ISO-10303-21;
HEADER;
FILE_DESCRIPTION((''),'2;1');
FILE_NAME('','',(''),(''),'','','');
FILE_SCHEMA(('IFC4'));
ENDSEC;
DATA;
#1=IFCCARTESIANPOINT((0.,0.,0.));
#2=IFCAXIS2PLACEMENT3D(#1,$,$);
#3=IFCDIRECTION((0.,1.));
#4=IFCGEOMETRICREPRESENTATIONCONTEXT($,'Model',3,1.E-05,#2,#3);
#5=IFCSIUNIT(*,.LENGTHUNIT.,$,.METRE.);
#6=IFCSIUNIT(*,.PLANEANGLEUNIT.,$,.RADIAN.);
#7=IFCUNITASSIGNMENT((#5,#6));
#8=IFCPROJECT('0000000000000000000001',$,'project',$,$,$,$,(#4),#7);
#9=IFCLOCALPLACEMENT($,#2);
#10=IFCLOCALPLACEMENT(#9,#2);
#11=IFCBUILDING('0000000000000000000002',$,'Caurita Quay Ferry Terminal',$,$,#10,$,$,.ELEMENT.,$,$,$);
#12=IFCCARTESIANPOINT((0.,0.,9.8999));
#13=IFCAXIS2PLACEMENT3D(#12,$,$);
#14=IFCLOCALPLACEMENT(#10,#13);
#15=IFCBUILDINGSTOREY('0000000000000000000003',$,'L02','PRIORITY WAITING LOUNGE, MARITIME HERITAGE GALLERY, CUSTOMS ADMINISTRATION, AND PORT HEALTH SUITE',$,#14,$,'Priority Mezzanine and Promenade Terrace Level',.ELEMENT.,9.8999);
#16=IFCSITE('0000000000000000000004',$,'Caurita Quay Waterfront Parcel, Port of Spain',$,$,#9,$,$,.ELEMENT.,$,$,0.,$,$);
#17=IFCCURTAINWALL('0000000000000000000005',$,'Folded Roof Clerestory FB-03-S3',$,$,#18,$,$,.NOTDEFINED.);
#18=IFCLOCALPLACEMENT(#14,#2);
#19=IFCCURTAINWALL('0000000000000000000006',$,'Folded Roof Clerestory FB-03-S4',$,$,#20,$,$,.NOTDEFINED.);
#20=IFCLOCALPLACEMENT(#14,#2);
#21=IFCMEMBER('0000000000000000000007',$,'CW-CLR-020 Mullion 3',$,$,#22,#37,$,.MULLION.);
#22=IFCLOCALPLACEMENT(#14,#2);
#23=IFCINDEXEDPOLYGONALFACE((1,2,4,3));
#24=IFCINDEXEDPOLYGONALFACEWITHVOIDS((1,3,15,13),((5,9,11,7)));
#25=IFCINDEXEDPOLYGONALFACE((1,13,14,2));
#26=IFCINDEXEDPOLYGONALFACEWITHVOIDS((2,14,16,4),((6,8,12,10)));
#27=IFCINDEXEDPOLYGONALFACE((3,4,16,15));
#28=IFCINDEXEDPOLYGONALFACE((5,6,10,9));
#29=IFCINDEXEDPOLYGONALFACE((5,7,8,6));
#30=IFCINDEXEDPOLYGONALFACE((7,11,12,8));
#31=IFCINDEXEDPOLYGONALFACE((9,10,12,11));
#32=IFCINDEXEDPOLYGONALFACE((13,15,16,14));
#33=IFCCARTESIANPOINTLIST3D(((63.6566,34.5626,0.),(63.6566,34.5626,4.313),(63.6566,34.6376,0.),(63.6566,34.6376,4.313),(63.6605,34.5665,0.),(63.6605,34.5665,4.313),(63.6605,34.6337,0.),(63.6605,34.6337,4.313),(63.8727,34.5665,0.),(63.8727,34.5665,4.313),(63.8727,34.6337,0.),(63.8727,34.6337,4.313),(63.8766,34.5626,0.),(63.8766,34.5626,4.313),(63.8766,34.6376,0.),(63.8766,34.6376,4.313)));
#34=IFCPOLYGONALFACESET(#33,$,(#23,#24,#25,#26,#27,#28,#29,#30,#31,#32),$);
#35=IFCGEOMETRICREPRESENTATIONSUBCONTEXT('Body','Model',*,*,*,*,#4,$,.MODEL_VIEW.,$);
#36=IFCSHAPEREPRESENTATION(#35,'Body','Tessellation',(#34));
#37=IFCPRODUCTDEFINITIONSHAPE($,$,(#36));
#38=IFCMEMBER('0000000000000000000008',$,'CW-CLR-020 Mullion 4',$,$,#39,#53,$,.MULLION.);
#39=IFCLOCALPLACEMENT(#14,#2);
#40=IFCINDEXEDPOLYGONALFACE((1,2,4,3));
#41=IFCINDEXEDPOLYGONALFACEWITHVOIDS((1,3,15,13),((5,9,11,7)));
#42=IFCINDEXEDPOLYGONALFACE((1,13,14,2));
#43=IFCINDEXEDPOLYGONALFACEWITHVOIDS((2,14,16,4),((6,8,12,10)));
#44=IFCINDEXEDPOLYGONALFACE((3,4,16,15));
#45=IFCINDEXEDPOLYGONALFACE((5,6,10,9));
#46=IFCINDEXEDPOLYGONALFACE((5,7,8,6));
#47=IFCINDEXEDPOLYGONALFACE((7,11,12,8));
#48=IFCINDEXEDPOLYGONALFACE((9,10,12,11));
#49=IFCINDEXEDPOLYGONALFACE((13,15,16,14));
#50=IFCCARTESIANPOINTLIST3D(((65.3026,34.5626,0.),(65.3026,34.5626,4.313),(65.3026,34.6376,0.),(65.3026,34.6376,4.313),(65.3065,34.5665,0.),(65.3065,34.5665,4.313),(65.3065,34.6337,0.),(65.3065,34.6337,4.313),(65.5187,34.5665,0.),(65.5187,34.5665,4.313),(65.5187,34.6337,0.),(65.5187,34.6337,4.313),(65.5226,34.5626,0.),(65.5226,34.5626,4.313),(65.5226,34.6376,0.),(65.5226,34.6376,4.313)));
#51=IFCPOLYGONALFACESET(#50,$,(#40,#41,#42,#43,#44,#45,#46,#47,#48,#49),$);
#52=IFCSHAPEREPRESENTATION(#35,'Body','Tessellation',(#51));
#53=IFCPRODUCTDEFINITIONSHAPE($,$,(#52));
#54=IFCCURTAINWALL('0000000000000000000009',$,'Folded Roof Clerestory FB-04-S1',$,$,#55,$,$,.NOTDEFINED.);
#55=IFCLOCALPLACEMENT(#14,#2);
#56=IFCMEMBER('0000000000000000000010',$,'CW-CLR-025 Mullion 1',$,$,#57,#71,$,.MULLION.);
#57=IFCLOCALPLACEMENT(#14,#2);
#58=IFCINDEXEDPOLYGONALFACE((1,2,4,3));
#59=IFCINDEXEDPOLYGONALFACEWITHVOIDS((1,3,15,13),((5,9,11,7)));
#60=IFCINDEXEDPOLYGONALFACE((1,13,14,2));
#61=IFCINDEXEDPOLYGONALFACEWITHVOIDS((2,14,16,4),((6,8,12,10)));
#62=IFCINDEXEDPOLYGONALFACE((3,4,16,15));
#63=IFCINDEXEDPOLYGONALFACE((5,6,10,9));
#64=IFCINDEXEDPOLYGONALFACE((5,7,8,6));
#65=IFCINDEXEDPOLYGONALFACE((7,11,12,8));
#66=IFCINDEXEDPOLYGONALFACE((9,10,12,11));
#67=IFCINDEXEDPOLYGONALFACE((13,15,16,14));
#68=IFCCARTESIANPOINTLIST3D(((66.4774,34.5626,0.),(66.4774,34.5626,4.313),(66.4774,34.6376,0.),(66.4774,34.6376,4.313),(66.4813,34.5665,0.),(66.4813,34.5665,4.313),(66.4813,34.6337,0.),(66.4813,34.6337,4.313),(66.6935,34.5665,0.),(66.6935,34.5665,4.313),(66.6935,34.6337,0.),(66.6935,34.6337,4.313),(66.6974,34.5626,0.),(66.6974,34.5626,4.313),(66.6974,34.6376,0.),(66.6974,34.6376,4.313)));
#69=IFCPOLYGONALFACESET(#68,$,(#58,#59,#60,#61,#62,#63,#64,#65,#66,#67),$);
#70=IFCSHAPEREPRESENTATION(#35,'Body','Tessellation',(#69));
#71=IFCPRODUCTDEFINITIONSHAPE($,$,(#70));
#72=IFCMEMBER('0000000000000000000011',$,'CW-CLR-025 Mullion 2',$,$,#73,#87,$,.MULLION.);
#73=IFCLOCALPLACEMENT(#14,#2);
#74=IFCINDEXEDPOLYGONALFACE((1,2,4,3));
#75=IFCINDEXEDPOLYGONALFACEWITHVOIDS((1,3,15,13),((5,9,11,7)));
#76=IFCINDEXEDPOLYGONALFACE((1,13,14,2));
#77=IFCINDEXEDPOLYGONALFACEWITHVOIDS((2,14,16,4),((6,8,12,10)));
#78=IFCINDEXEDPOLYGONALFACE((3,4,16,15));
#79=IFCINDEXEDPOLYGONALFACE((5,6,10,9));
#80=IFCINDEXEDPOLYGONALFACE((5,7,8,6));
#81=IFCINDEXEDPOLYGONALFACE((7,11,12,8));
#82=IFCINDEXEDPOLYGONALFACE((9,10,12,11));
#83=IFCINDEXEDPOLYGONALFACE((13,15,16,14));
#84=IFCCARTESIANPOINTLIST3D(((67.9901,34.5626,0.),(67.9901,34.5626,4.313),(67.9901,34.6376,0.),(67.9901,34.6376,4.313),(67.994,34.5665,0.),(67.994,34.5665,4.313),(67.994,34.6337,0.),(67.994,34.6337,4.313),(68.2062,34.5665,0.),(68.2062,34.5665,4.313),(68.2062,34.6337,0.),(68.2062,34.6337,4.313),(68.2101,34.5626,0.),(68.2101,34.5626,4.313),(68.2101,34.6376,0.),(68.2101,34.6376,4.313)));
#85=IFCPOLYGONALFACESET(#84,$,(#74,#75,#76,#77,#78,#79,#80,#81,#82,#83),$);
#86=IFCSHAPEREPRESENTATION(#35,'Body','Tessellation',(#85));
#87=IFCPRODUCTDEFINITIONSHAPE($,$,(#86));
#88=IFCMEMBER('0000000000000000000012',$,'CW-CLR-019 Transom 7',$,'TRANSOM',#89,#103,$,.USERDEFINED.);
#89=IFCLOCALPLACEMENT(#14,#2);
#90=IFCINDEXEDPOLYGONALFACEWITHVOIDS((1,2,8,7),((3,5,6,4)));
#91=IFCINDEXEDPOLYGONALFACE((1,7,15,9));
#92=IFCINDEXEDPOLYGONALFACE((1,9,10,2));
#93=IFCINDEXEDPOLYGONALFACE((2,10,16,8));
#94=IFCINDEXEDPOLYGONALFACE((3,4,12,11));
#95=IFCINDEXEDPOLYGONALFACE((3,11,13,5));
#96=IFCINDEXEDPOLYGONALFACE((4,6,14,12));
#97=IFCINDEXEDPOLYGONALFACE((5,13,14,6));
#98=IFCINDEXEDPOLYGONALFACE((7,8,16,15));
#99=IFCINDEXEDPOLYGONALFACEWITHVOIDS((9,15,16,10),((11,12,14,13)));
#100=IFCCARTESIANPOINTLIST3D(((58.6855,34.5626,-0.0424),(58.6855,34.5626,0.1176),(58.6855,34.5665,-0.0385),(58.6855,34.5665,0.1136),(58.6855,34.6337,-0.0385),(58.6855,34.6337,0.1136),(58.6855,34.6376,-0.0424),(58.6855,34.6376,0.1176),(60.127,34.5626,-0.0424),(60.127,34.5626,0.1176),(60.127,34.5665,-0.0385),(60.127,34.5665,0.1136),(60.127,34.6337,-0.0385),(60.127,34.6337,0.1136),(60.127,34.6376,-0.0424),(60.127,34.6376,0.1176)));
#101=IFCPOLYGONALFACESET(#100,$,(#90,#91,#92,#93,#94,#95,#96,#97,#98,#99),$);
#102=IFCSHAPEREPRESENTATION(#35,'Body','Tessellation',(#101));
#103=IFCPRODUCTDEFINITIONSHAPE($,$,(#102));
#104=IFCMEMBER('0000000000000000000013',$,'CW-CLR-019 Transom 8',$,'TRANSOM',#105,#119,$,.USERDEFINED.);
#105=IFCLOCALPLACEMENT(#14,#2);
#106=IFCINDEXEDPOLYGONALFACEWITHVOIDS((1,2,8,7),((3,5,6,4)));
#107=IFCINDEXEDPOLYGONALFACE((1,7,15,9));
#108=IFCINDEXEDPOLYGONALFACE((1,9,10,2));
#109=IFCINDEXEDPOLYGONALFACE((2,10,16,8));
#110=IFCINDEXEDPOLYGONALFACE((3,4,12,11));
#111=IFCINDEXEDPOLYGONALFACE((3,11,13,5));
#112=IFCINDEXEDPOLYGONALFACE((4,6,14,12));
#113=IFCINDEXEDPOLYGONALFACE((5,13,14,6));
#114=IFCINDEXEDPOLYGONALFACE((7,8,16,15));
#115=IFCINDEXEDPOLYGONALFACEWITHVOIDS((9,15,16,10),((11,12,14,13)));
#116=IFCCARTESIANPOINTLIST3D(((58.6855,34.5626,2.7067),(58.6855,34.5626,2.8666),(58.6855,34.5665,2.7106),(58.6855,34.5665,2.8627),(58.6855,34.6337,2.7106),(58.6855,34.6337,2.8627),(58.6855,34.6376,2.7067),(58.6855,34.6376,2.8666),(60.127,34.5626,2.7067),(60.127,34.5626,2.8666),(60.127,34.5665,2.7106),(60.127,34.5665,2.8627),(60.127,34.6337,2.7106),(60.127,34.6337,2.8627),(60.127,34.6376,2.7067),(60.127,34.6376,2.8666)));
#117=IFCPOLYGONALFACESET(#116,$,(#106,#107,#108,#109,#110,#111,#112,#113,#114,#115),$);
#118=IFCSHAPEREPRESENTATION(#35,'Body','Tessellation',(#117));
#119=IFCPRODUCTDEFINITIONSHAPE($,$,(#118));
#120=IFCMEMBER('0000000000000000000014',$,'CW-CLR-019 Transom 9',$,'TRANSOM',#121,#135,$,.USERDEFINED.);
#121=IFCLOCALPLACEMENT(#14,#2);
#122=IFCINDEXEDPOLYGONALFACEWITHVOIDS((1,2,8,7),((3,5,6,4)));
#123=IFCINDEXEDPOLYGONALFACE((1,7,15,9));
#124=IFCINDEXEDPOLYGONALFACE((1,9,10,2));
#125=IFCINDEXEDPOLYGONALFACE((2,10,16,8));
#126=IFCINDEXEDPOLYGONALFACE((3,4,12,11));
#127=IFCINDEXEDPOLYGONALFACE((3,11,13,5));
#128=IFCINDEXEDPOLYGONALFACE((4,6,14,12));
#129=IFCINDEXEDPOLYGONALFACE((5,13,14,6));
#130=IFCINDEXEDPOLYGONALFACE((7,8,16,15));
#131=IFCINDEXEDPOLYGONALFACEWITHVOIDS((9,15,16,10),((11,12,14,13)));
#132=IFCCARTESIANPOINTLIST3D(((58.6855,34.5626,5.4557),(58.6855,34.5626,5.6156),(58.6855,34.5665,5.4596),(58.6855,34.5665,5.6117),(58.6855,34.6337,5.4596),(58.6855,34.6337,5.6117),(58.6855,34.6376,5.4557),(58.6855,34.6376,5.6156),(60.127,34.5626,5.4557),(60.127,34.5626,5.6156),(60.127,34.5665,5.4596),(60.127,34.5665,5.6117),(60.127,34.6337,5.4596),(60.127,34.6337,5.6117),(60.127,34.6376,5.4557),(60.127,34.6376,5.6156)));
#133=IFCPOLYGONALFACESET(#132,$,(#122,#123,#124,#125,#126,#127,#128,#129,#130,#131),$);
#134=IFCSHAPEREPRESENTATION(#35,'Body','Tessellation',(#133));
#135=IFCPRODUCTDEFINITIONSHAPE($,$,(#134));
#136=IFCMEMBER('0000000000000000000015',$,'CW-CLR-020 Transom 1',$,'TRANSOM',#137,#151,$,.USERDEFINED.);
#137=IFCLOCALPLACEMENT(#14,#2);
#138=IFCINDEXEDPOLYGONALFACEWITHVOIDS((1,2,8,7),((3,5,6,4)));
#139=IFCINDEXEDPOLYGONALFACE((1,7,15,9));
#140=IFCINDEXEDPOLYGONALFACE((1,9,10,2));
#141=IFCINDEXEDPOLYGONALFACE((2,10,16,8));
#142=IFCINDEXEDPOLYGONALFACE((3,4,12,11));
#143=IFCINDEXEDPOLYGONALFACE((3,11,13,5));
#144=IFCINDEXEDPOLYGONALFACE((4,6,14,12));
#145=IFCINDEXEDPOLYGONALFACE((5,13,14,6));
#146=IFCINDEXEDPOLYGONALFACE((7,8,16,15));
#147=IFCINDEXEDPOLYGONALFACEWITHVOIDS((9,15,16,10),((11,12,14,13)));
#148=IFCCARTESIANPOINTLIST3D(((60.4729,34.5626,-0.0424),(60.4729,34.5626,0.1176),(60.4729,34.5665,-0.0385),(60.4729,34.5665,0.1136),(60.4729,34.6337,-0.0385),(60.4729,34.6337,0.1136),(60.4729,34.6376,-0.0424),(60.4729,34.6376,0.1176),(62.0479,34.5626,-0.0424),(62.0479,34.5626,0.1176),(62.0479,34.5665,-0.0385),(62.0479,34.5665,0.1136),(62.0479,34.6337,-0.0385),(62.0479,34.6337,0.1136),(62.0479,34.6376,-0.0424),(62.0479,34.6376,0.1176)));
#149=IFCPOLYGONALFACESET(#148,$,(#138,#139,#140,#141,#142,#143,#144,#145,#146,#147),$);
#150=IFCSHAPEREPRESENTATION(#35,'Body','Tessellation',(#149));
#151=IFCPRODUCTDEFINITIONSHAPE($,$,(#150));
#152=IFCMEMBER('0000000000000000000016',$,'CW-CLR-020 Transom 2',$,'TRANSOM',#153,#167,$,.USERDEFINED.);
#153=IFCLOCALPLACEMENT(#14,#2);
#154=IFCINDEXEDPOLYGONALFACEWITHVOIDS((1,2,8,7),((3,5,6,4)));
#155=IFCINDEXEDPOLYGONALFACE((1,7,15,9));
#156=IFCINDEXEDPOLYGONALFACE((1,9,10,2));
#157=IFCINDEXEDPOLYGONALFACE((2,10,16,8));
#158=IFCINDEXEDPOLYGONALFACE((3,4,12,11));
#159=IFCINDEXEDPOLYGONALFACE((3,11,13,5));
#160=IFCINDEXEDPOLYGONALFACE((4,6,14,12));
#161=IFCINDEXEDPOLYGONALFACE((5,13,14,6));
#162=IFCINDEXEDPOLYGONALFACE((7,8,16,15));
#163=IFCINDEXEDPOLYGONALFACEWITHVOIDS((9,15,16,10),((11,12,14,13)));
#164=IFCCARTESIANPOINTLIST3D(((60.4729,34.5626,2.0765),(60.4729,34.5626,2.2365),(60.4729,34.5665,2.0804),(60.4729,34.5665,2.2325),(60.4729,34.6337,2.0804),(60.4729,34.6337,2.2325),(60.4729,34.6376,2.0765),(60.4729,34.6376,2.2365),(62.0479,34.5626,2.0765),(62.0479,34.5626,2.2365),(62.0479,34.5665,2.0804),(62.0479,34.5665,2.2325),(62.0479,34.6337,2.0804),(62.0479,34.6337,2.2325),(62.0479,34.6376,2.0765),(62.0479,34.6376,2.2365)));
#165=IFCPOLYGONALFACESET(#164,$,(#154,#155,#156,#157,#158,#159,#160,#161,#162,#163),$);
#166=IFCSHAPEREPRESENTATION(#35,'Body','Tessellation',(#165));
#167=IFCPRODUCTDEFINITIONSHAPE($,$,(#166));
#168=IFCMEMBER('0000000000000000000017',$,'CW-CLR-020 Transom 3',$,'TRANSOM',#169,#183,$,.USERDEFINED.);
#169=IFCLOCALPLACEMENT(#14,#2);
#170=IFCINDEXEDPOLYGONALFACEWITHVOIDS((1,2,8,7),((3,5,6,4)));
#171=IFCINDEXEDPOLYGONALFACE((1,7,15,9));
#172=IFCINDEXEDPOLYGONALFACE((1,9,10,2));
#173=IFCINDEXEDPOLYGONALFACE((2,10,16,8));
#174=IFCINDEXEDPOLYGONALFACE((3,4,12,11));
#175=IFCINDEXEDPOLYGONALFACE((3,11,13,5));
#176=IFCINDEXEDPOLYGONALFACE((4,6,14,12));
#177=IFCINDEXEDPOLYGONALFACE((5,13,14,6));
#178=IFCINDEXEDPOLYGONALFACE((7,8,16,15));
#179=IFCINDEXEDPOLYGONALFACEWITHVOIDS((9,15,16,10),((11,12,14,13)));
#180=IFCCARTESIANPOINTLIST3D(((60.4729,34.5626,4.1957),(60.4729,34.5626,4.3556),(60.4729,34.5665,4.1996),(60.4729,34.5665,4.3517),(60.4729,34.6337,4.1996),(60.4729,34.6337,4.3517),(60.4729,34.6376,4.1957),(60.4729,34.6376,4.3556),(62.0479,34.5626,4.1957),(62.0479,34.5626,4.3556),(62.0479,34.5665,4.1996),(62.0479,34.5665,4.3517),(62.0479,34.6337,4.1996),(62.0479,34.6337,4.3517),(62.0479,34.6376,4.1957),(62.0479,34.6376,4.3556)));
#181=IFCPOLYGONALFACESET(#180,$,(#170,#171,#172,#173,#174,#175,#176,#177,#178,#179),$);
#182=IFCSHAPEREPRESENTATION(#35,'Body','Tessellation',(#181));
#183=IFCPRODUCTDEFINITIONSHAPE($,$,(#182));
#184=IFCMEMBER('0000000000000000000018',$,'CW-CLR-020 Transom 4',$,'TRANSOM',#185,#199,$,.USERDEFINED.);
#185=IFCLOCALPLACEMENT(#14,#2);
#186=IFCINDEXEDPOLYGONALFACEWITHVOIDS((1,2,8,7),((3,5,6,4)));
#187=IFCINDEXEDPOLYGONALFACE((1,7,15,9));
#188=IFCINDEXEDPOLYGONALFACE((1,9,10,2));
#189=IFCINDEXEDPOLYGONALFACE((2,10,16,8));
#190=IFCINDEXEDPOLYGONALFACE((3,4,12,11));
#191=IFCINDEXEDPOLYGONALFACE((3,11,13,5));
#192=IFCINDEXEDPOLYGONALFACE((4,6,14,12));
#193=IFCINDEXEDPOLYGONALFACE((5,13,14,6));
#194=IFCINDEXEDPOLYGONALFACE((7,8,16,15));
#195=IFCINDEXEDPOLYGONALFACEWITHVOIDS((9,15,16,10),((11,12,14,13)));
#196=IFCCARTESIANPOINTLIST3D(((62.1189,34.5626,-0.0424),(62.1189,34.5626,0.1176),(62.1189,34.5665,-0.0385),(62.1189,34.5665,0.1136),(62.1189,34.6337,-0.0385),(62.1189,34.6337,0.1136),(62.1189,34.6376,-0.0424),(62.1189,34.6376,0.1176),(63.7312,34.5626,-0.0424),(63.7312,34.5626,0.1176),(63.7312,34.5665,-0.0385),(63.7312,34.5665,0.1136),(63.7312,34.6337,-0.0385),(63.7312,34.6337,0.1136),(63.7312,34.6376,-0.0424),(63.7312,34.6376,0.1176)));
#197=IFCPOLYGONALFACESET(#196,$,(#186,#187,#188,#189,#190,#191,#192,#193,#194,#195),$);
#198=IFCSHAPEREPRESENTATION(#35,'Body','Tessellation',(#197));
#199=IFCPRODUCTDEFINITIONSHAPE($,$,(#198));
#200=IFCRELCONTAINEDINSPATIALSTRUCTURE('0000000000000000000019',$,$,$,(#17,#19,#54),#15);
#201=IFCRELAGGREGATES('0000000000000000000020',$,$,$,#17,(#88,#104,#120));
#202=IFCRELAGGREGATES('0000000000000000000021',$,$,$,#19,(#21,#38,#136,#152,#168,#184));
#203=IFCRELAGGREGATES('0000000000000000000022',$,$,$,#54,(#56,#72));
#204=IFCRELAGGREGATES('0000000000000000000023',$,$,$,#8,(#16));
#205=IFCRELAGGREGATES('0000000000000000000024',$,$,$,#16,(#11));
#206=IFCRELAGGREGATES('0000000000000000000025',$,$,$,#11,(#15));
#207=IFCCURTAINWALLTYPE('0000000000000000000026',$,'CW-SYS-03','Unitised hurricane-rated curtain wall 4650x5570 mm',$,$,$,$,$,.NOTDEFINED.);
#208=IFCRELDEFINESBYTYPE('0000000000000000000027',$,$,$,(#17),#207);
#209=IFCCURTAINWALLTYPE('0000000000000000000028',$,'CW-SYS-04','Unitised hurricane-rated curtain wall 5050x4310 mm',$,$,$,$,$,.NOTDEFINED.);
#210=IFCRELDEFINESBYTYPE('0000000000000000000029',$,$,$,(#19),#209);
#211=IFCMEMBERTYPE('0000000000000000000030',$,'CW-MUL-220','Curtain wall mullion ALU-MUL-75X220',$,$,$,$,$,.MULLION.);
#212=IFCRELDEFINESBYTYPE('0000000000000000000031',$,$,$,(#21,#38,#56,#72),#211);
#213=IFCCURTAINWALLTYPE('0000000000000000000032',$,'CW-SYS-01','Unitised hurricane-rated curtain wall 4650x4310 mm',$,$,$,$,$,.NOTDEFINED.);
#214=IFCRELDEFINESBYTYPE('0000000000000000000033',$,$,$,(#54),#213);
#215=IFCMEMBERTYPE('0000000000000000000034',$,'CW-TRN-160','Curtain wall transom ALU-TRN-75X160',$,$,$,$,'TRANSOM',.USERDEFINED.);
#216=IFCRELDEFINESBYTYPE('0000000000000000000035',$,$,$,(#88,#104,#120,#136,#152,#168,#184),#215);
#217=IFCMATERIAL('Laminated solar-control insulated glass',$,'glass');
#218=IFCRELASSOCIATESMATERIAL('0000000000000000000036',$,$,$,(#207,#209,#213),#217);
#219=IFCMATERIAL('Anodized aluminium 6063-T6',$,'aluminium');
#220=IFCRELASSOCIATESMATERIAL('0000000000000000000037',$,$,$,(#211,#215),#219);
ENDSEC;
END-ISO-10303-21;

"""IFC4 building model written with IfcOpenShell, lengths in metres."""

from ifc_helpers import new_model, si_unit, direction, frame, origin, origin_2d, place, context, subcontext, project, spatial, hollow_rectangle, extrude, material, material_profile, profile_set, type_object, element, aggregate, save


model = new_model("IFC4")

# Units and contexts
model_context = context("Model", 3, precision=1e-05, world=origin(), true_north=direction((0.0, 1.0)))
body_context = subcontext(model_context, "Body", "Model", "MODEL_VIEW")
ifc_project = project(units=[si_unit("LENGTHUNIT", "METRE"), si_unit("PLANEANGLEUNIT", "RADIAN")], contexts=[model_context])

# Site, building, storey
site_placement = place(None, origin())
site = spatial("IfcSite", under=ifc_project, at=site_placement, Name="Caurita Quay Waterfront Parcel, Port of Spain", CompositionType="ELEMENT", RefElevation=0.0)
building_placement = place(site_placement, origin())
building = spatial("IfcBuilding", under=site, at=building_placement, Name="Caurita Quay Ferry Terminal", CompositionType="ELEMENT")
storey_placement = place(building_placement, frame((0.0, 0.0, 9.8999)))
storey = spatial("IfcBuildingStorey", under=building, at=storey_placement, Name="L02", Description="PRIORITY WAITING LOUNGE, MARITIME HERITAGE GALLERY, CUSTOMS ADMINISTRATION, AND PORT HEALTH SUITE", LongName="Priority Mezzanine and Promenade Terrace Level", CompositionType="ELEMENT", Elevation=9.8999)

# Curtain walls, members
ifc_material_1 = material(Name="Laminated solar-control insulated glass", Category="glass")
curtain_wall_type_1 = type_object("IfcCurtainWallType", Name="CW-SYS-03", Description="Unitised hurricane-rated curtain wall 4650x5570 mm", PredefinedType="NOTDEFINED", material=ifc_material_1)
curtain_wall_1_placement = place(storey_placement, origin())
curtain_wall_1 = element("IfcCurtainWall", 1, at=curtain_wall_1_placement, inside=storey, type_object=curtain_wall_type_1, Name="Folded Roof Clerestory FB-03-S3", PredefinedType="NOTDEFINED")
ifc_material_2 = material(Name="Anodized aluminium 6063-T6", Category="aluminium")
ifc_material_profile_1 = material_profile(ifc_material_2, hollow_rectangle(XDim=0.075, YDim=0.22, WallThickness=0.0039, at=origin_2d()), Name="ALU-MUL-75X220")
ifc_profile_set_1 = profile_set([ifc_material_profile_1], Name="Anodized aluminium 6063-T6")
member_type_1 = type_object("IfcMemberType", Name="CW-MUL-220", Description="Curtain wall mullion ALU-MUL-75X220", PredefinedType="MULLION", material=ifc_profile_set_1)
curtain_wall_type_2 = type_object("IfcCurtainWallType", Name="CW-SYS-04", Description="Unitised hurricane-rated curtain wall 5050x4310 mm", PredefinedType="NOTDEFINED", material=ifc_material_1)
curtain_wall_2_placement = place(storey_placement, origin())
curtain_wall_2 = element("IfcCurtainWall", 2, at=curtain_wall_2_placement, inside=storey, type_object=curtain_wall_type_2, Name="Folded Roof Clerestory FB-03-S4", PredefinedType="NOTDEFINED")
member_1_placement = place(storey_placement, frame((63.7666, 34.6001, 0.0), z_axis=(0.0, 0.0, 1.0), x_axis=(0.0, 1.0, 0.0)))
member_1 = element("IfcMember", 3, at=member_1_placement, type_object=member_type_1, Name="CW-CLR-020 Mullion 3", PredefinedType="MULLION", context=body_context, shape_type="SweptSolid", body=[
    extrude(hollow_rectangle(XDim=0.075, YDim=0.22, WallThickness=0.0039, at=origin_2d()), origin(), (0.0, 0.0, 1.0), 4.313),
])
member_2_placement = place(storey_placement, frame((65.4126, 34.6001, 0.0), z_axis=(0.0, 0.0, 1.0), x_axis=(0.0, 1.0, 0.0)))
member_2 = element("IfcMember", 4, at=member_2_placement, type_object=member_type_1, Name="CW-CLR-020 Mullion 4", PredefinedType="MULLION", context=body_context, shape_type="SweptSolid", body=[
    extrude(hollow_rectangle(XDim=0.075, YDim=0.22, WallThickness=0.0039, at=origin_2d()), origin(), (0.0, 0.0, 1.0), 4.313),
])
curtain_wall_type_3 = type_object("IfcCurtainWallType", Name="CW-SYS-01", Description="Unitised hurricane-rated curtain wall 4650x4310 mm", PredefinedType="NOTDEFINED", material=ifc_material_1)
curtain_wall_3_placement = place(storey_placement, origin())
curtain_wall_3 = element("IfcCurtainWall", 5, at=curtain_wall_3_placement, inside=storey, type_object=curtain_wall_type_3, Name="Folded Roof Clerestory FB-04-S1", PredefinedType="NOTDEFINED")
member_3_placement = place(storey_placement, frame((66.5874, 34.6001, 0.0), z_axis=(0.0, 0.0, 1.0), x_axis=(0.0, 1.0, 0.0)))
member_3 = element("IfcMember", 6, at=member_3_placement, type_object=member_type_1, Name="CW-CLR-025 Mullion 1", PredefinedType="MULLION", context=body_context, shape_type="SweptSolid", body=[
    extrude(hollow_rectangle(XDim=0.075, YDim=0.22, WallThickness=0.0039, at=origin_2d()), origin(), (0.0, 0.0, 1.0), 4.313),
])
member_4_placement = place(storey_placement, frame((68.1001, 34.6001, 0.0), z_axis=(0.0, 0.0, 1.0), x_axis=(0.0, 1.0, 0.0)))
member_4 = element("IfcMember", 7, at=member_4_placement, type_object=member_type_1, Name="CW-CLR-025 Mullion 2", PredefinedType="MULLION", context=body_context, shape_type="SweptSolid", body=[
    extrude(hollow_rectangle(XDim=0.075, YDim=0.22, WallThickness=0.0039, at=origin_2d()), origin(), (0.0, 0.0, 1.0), 4.313),
])

# Members
ifc_material_profile_2 = material_profile(ifc_material_2, hollow_rectangle(XDim=0.075, YDim=0.1599, WallThickness=0.0039, at=origin_2d()), Name="ALU-TRN-75X160")
ifc_profile_set_2 = profile_set([ifc_material_profile_2], Name="Anodized aluminium 6063-T6")
member_type_2 = type_object("IfcMemberType", Name="CW-TRN-160", Description="Curtain wall transom ALU-TRN-75X160", ElementType="TRANSOM", PredefinedType="USERDEFINED", material=ifc_profile_set_2)
member_5_placement = place(storey_placement, frame((58.6855, 34.6001, 0.0376), z_axis=(1.0, 0.0, 0.0), x_axis=(0.0, 1.0, 0.0)))
member_5 = element("IfcMember", 8, at=member_5_placement, type_object=member_type_2, Name="CW-CLR-019 Transom 7", ObjectType="TRANSOM", PredefinedType="USERDEFINED", context=body_context, shape_type="SweptSolid", body=[
    extrude(hollow_rectangle(XDim=0.075, YDim=0.1599, WallThickness=0.0039, at=origin_2d()), origin(), (0.0, 0.0, 1.0), 1.4414),
])
member_6_placement = place(storey_placement, frame((58.6855, 34.6001, 2.7866), z_axis=(1.0, 0.0, 0.0), x_axis=(0.0, 1.0, 0.0)))
member_6 = element("IfcMember", 9, at=member_6_placement, type_object=member_type_2, Name="CW-CLR-019 Transom 8", ObjectType="TRANSOM", PredefinedType="USERDEFINED", context=body_context, shape_type="SweptSolid", body=[
    extrude(hollow_rectangle(XDim=0.075, YDim=0.1599, WallThickness=0.0039, at=origin_2d()), origin(), (0.0, 0.0, 1.0), 1.4414),
])
member_7_placement = place(storey_placement, frame((58.6855, 34.6001, 5.5356), z_axis=(1.0, 0.0, 0.0), x_axis=(0.0, 1.0, 0.0)))
member_7 = element("IfcMember", 10, at=member_7_placement, type_object=member_type_2, Name="CW-CLR-019 Transom 9", ObjectType="TRANSOM", PredefinedType="USERDEFINED", context=body_context, shape_type="SweptSolid", body=[
    extrude(hollow_rectangle(XDim=0.075, YDim=0.1599, WallThickness=0.0039, at=origin_2d()), origin(), (0.0, 0.0, 1.0), 1.4414),
])
member_8_placement = place(storey_placement, frame((60.4729, 34.6001, 0.0376), z_axis=(1.0, 0.0, 0.0), x_axis=(0.0, 1.0, 0.0)))
member_8 = element("IfcMember", 11, at=member_8_placement, type_object=member_type_2, Name="CW-CLR-020 Transom 1", ObjectType="TRANSOM", PredefinedType="USERDEFINED", context=body_context, shape_type="SweptSolid", body=[
    extrude(hollow_rectangle(XDim=0.075, YDim=0.1599, WallThickness=0.0039, at=origin_2d()), origin(), (0.0, 0.0, 1.0), 1.575),
])
member_9_placement = place(storey_placement, frame((60.4729, 34.6001, 2.1565), z_axis=(1.0, 0.0, 0.0), x_axis=(0.0, 1.0, 0.0)))
member_9 = element("IfcMember", 12, at=member_9_placement, type_object=member_type_2, Name="CW-CLR-020 Transom 2", ObjectType="TRANSOM", PredefinedType="USERDEFINED", context=body_context, shape_type="SweptSolid", body=[
    extrude(hollow_rectangle(XDim=0.075, YDim=0.1599, WallThickness=0.0039, at=origin_2d()), origin(), (0.0, 0.0, 1.0), 1.575),
])
member_10_placement = place(storey_placement, frame((60.4729, 34.6001, 4.2756), z_axis=(1.0, 0.0, 0.0), x_axis=(0.0, 1.0, 0.0)))
member_10 = element("IfcMember", 13, at=member_10_placement, type_object=member_type_2, Name="CW-CLR-020 Transom 3", ObjectType="TRANSOM", PredefinedType="USERDEFINED", context=body_context, shape_type="SweptSolid", body=[
    extrude(hollow_rectangle(XDim=0.075, YDim=0.1599, WallThickness=0.0039, at=origin_2d()), origin(), (0.0, 0.0, 1.0), 1.575),
])
member_11_placement = place(storey_placement, frame((62.1189, 34.6001, 0.0376), z_axis=(1.0, 0.0, 0.0), x_axis=(0.0, 1.0, 0.0)))
member_11 = element("IfcMember", 14, at=member_11_placement, type_object=member_type_2, Name="CW-CLR-020 Transom 4", ObjectType="TRANSOM", PredefinedType="USERDEFINED", context=body_context, shape_type="SweptSolid", body=[
    extrude(hollow_rectangle(XDim=0.075, YDim=0.1599, WallThickness=0.0039, at=origin_2d()), origin(), (0.0, 0.0, 1.0), 1.6123),
])

aggregate(curtain_wall_1, [member_5, member_6, member_7])
aggregate(curtain_wall_2, [member_1, member_2, member_8, member_9, member_10, member_11])
aggregate(curtain_wall_3, [member_3, member_4])

save(model, "model.ifc")
